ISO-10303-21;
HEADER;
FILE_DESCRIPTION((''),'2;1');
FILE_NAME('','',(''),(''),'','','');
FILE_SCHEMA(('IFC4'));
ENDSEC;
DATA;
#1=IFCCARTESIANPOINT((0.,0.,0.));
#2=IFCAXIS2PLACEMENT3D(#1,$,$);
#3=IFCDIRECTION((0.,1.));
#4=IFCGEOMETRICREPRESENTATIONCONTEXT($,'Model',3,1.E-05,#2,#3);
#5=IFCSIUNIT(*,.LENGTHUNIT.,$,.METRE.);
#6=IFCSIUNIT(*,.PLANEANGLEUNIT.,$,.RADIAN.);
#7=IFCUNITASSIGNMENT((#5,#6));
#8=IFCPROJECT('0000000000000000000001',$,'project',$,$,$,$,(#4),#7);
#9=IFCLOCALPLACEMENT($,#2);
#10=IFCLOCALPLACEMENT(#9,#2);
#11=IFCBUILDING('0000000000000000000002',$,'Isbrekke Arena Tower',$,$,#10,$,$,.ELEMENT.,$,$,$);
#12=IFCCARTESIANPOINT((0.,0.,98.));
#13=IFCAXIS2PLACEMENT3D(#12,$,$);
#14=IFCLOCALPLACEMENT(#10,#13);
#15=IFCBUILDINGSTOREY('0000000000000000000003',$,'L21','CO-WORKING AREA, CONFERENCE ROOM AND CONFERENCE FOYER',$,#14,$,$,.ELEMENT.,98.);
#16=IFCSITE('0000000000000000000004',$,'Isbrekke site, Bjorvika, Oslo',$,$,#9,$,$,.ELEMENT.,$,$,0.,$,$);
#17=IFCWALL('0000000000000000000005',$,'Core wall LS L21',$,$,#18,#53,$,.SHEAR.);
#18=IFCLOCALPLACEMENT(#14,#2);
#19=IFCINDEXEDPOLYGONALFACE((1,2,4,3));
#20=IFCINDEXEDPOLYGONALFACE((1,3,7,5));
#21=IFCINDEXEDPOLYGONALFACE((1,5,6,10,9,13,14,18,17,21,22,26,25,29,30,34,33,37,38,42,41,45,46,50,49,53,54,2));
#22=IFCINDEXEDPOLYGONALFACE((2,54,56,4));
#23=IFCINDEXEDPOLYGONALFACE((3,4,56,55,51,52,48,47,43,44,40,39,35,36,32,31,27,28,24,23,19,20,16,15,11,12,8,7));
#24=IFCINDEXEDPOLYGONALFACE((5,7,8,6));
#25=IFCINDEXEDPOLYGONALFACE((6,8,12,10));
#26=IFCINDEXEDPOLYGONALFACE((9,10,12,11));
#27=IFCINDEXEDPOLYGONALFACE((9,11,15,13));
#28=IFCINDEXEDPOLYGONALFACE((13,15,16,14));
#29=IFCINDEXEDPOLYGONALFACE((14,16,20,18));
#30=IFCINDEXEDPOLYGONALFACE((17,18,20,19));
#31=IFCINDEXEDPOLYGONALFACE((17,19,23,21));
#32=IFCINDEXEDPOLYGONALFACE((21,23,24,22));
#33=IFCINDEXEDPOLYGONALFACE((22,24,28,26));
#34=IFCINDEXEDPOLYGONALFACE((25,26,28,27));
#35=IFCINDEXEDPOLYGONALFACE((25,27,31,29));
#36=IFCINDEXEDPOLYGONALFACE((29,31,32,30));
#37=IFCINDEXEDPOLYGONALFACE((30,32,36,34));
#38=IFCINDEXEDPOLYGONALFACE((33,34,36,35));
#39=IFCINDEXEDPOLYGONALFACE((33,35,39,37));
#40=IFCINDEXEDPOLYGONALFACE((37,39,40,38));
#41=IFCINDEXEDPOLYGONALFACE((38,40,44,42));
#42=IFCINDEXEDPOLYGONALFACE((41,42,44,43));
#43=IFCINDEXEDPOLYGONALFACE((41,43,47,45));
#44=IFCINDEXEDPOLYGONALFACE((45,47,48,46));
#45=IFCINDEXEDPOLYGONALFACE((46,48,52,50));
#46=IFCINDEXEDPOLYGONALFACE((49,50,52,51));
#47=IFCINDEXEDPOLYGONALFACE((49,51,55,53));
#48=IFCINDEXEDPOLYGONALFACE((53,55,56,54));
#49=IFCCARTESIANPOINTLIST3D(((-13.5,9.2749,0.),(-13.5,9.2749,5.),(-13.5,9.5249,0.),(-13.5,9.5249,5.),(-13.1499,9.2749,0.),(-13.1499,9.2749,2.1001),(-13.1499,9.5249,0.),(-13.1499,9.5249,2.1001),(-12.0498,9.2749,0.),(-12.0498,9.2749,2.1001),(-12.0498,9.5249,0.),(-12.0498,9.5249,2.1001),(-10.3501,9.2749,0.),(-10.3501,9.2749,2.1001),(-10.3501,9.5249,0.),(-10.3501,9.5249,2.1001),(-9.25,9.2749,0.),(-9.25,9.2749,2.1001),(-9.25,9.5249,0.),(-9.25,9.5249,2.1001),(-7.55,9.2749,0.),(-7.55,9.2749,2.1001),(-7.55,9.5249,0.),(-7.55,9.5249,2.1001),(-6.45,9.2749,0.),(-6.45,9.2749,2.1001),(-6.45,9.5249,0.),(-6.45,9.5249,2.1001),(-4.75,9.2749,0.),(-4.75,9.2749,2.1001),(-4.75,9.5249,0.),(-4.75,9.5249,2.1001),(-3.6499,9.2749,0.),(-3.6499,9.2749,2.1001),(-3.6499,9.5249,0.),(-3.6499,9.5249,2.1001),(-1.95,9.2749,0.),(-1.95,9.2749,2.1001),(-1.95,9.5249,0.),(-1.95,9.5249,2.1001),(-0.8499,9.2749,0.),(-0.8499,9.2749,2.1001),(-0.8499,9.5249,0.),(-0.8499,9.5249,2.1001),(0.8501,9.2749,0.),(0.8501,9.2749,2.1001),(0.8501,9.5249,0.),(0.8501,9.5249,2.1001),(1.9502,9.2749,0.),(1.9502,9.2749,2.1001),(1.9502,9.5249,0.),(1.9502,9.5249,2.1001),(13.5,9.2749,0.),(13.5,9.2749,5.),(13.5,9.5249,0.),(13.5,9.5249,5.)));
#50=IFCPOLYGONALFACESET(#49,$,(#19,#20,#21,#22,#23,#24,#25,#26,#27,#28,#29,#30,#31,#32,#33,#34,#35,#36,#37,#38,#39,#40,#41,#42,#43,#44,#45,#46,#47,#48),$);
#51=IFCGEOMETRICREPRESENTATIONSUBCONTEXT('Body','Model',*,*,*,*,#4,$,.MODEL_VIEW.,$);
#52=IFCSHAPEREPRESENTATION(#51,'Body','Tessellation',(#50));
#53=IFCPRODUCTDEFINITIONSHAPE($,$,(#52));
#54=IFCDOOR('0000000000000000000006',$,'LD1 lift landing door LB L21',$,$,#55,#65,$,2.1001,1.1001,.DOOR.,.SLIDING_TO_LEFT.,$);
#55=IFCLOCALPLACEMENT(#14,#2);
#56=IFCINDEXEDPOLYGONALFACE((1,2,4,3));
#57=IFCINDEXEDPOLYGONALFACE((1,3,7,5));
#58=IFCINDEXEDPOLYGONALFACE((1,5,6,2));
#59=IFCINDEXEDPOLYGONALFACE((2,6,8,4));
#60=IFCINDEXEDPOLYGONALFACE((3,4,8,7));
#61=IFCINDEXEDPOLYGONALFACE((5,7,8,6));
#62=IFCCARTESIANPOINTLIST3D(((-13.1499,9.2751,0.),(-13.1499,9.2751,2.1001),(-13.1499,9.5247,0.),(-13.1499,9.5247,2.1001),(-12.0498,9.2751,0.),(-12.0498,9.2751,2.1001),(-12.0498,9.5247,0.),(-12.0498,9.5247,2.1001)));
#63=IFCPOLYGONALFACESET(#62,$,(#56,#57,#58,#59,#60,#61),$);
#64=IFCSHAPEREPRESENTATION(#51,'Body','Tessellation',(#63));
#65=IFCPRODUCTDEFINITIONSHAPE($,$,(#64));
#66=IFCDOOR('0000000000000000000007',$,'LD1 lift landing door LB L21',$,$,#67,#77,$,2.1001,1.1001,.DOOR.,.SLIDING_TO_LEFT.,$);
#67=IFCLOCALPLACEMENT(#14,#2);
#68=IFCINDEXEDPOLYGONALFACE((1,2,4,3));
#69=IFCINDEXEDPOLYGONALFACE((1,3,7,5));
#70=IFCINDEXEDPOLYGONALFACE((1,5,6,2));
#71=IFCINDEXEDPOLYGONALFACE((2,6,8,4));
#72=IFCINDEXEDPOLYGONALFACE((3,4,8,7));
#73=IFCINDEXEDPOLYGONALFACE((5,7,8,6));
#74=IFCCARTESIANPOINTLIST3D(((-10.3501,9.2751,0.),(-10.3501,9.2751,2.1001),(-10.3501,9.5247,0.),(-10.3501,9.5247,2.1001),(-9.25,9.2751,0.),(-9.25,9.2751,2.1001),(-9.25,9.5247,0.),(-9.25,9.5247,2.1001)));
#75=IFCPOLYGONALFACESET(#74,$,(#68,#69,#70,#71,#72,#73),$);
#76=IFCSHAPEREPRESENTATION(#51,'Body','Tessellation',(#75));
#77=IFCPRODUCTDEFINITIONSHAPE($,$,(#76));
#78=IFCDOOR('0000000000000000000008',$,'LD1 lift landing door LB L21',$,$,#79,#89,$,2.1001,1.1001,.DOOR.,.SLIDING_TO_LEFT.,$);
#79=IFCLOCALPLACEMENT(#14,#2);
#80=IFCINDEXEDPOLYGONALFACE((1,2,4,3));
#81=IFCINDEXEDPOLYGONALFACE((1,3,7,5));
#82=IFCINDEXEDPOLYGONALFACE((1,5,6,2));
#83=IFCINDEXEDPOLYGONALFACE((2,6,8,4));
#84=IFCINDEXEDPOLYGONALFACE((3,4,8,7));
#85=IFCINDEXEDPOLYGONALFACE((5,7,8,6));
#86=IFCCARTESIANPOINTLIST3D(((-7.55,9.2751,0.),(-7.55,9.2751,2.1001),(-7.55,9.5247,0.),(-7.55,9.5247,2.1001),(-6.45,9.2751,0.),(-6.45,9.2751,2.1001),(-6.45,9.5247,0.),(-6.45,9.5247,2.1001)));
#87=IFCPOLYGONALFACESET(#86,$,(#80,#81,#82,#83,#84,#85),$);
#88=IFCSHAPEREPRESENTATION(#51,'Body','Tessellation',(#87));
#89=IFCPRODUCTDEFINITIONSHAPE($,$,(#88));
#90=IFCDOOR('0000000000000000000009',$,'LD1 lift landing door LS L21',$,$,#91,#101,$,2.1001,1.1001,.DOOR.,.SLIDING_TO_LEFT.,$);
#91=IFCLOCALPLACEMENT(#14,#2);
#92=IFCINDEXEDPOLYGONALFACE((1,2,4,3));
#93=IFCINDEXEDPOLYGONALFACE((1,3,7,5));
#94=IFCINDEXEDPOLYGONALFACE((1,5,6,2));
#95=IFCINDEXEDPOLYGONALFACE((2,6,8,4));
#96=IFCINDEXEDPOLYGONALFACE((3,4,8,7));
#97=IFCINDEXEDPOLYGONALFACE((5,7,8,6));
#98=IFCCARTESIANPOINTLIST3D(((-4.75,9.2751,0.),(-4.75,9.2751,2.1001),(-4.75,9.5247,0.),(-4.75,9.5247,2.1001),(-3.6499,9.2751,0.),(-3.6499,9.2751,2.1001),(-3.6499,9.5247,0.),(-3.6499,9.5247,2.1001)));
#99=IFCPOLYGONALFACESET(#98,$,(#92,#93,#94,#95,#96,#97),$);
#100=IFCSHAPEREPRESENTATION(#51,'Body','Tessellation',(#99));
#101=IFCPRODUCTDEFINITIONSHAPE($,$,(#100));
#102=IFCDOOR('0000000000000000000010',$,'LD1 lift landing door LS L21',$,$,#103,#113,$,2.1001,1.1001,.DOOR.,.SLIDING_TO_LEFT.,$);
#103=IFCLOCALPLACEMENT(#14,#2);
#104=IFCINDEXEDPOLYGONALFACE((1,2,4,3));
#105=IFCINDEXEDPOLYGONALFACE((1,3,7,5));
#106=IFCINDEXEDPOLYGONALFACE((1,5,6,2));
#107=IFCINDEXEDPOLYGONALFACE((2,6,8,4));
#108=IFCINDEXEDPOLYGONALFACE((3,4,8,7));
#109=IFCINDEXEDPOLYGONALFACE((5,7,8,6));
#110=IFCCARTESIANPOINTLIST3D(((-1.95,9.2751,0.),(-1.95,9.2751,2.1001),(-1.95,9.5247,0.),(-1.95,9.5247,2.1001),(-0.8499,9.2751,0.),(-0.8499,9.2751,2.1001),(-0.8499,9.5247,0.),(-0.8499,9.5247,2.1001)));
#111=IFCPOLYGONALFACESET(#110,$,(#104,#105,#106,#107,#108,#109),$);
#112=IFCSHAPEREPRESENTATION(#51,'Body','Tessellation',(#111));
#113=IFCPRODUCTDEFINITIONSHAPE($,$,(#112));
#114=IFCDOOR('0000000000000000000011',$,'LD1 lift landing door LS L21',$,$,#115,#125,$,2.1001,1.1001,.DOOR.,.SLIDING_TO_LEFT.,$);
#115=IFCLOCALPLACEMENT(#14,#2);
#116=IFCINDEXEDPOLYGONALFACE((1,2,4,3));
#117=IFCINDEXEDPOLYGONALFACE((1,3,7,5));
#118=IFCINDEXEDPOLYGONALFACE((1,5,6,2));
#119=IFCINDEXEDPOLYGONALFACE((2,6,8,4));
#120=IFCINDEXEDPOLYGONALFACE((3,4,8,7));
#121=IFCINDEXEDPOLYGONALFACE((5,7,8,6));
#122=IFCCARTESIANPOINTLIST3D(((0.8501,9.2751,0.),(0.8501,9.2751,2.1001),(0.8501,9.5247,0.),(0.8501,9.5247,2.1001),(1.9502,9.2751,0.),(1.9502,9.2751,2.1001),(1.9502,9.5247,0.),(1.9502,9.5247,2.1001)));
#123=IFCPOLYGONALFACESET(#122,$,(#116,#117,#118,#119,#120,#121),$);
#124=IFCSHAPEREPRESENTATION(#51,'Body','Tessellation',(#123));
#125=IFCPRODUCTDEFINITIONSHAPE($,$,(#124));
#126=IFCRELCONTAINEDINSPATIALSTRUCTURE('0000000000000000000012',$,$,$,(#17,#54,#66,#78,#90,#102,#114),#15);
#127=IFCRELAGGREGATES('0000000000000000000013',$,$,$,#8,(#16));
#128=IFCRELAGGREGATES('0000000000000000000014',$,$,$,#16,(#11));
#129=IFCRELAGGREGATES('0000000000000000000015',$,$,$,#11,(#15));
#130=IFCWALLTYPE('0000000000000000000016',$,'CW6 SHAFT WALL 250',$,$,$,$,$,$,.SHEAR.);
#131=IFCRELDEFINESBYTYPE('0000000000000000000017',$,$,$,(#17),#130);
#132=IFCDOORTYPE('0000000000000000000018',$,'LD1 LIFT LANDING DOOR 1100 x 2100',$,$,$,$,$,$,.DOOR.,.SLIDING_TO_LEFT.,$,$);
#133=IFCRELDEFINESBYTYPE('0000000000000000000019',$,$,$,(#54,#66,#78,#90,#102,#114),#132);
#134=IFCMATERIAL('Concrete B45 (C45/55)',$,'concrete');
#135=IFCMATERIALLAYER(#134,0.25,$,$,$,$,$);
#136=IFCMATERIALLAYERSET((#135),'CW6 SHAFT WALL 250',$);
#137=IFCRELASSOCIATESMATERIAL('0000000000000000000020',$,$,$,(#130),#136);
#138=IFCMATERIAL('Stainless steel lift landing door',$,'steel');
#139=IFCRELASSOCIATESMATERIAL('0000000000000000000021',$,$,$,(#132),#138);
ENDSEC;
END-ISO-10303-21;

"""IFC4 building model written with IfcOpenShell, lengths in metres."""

from ifc_helpers import new_model, si_unit, direction, frame, frame_2d, origin, place, context, subcontext, project, spatial, rectangle, extrude, material, layer, layer_set, type_object, element, fill, save


model = new_model("IFC4")

# Units and contexts
model_context = context("Model", 3, precision=1e-05, world=origin(), true_north=direction((0.0, 1.0)))
body_context = subcontext(model_context, "Body", "Model", "MODEL_VIEW")
ifc_project = project(units=[si_unit("LENGTHUNIT", "METRE"), si_unit("PLANEANGLEUNIT", "RADIAN")], contexts=[model_context])

# Site, building, storey
site_placement = place(None, origin())
site = spatial("IfcSite", under=ifc_project, at=site_placement, Name="Isbrekke site, Bjorvika, Oslo", CompositionType="ELEMENT", RefElevation=0.0)
building_placement = place(site_placement, origin())
building = spatial("IfcBuilding", under=site, at=building_placement, Name="Isbrekke Arena Tower", CompositionType="ELEMENT")
storey_placement = place(building_placement, frame((0.0, 0.0, 98.0)))
storey = spatial("IfcBuildingStorey", under=building, at=storey_placement, Name="L21", Description="CO-WORKING AREA, CONFERENCE ROOM AND CONFERENCE FOYER", CompositionType="ELEMENT", Elevation=98.0)

# Wall, openings, doors
ifc_material_1 = material(Name="Concrete B45 (C45/55)", Category="concrete")
ifc_layer_1 = layer(ifc_material_1, 0.25)
ifc_layer_set_1 = layer_set([ifc_layer_1], Name="CW6 SHAFT WALL 250")
wall_type_1 = type_object("IfcWallType", Name="CW6 SHAFT WALL 250", PredefinedType="SHEAR", material=ifc_layer_set_1)
wall_1_placement = place(storey_placement, frame((-13.5, 9.3999, 0.0), z_axis=(0.0, 0.0, 1.0), x_axis=(1.0, 0.0, 0.0)))
wall_1 = element("IfcWall", 1, at=wall_1_placement, inside=storey, type_object=wall_type_1, Name="Core wall LS L21", PredefinedType="SHEAR", context=body_context, shape_type="SweptSolid", body=[
    extrude(rectangle(XDim=27.0, YDim=0.25, at=frame_2d((13.5, 0.0))), origin(), (0.0, 0.0, 1.0), 5.0),
])
opening_1_placement = place(wall_1_placement, frame((0.3501, 0.0, 0.0)))
opening_1 = element("IfcOpeningElement", 2, at=opening_1_placement, cuts=wall_1, PredefinedType="OPENING", context=body_context, shape_type="SweptSolid", body=[
    extrude(rectangle(XDim=1.1001, YDim=2.1001, at=frame_2d((0.55, 1.05))), frame((0.0, 0.1399, 0.0), z_axis=(0.0, -1.0, 0.0), x_axis=(1.0, 0.0, 0.0)), (0.0, 0.0, 1.0), 0.2798),
])
opening_2_placement = place(wall_1_placement, frame((3.1499, 0.0, 0.0)))
opening_2 = element("IfcOpeningElement", 3, at=opening_2_placement, cuts=wall_1, PredefinedType="OPENING", context=body_context, shape_type="SweptSolid", body=[
    extrude(rectangle(XDim=1.1001, YDim=2.1001, at=frame_2d((0.55, 1.05))), frame((0.0, 0.1399, 0.0), z_axis=(0.0, -1.0, 0.0), x_axis=(1.0, 0.0, 0.0)), (0.0, 0.0, 1.0), 0.2798),
])
opening_3_placement = place(wall_1_placement, frame((5.95, 0.0, 0.0)))
opening_3 = element("IfcOpeningElement", 4, at=opening_3_placement, cuts=wall_1, PredefinedType="OPENING", context=body_context, shape_type="SweptSolid", body=[
    extrude(rectangle(XDim=1.1001, YDim=2.1001, at=frame_2d((0.55, 1.05))), frame((0.0, 0.1399, 0.0), z_axis=(0.0, -1.0, 0.0), x_axis=(1.0, 0.0, 0.0)), (0.0, 0.0, 1.0), 0.2798),
])
opening_4_placement = place(wall_1_placement, frame((8.75, 0.0, 0.0)))
opening_4 = element("IfcOpeningElement", 5, at=opening_4_placement, cuts=wall_1, PredefinedType="OPENING", context=body_context, shape_type="SweptSolid", body=[
    extrude(rectangle(XDim=1.1001, YDim=2.1001, at=frame_2d((0.55, 1.05))), frame((0.0, 0.1399, 0.0), z_axis=(0.0, -1.0, 0.0), x_axis=(1.0, 0.0, 0.0)), (0.0, 0.0, 1.0), 0.2798),
])
opening_5_placement = place(wall_1_placement, frame((11.55, 0.0, 0.0)))
opening_5 = element("IfcOpeningElement", 6, at=opening_5_placement, cuts=wall_1, PredefinedType="OPENING", context=body_context, shape_type="SweptSolid", body=[
    extrude(rectangle(XDim=1.1001, YDim=2.1001, at=frame_2d((0.55, 1.05))), frame((0.0, 0.1399, 0.0), z_axis=(0.0, -1.0, 0.0), x_axis=(1.0, 0.0, 0.0)), (0.0, 0.0, 1.0), 0.2798),
])
opening_6_placement = place(wall_1_placement, frame((14.3501, 0.0, 0.0)))
opening_6 = element("IfcOpeningElement", 7, at=opening_6_placement, cuts=wall_1, PredefinedType="OPENING", context=body_context, shape_type="SweptSolid", body=[
    extrude(rectangle(XDim=1.1001, YDim=2.1001, at=frame_2d((0.55, 1.05))), frame((0.0, 0.1399, 0.0), z_axis=(0.0, -1.0, 0.0), x_axis=(1.0, 0.0, 0.0)), (0.0, 0.0, 1.0), 0.2798),
])
ifc_material_2 = material(Name="Stainless steel lift landing door", Category="steel")
door_type_1 = type_object("IfcDoorType", Name="LD1 LIFT LANDING DOOR 1100 x 2100", OperationType="SLIDING_TO_LEFT", PredefinedType="DOOR", material=ifc_material_2)
door_1_placement = place(opening_1_placement, origin())
door_1 = element("IfcDoor", 8, at=door_1_placement, inside=storey, type_object=door_type_1, Name="LD1 lift landing door LB L21", OperationType="SLIDING_TO_LEFT", OverallHeight=2.1001, OverallWidth=1.1001, PredefinedType="DOOR", context=body_context, shape_type="SweptSolid", body=[
    extrude(rectangle(XDim=1.1001, YDim=2.1001, at=frame_2d((0.55, 1.05))), frame((0.0, 0.1248, 0.0), z_axis=(0.0, -1.0, 0.0), x_axis=(1.0, 0.0, 0.0)), (0.0, 0.0, 1.0), 0.2495),
])
fill(opening_1, door_1)
door_2_placement = place(opening_2_placement, origin())
door_2 = element("IfcDoor", 9, at=door_2_placement, inside=storey, type_object=door_type_1, Name="LD1 lift landing door LB L21", OperationType="SLIDING_TO_LEFT", OverallHeight=2.1001, OverallWidth=1.1001, PredefinedType="DOOR", context=body_context, shape_type="SweptSolid", body=[
    extrude(rectangle(XDim=1.1001, YDim=2.1001, at=frame_2d((0.55, 1.05))), frame((0.0, 0.1248, 0.0), z_axis=(0.0, -1.0, 0.0), x_axis=(1.0, 0.0, 0.0)), (0.0, 0.0, 1.0), 0.2495),
])
fill(opening_2, door_2)
door_3_placement = place(opening_3_placement, origin())
door_3 = element("IfcDoor", 10, at=door_3_placement, inside=storey, type_object=door_type_1, Name="LD1 lift landing door LB L21", OperationType="SLIDING_TO_LEFT", OverallHeight=2.1001, OverallWidth=1.1001, PredefinedType="DOOR", context=body_context, shape_type="SweptSolid", body=[
    extrude(rectangle(XDim=1.1001, YDim=2.1001, at=frame_2d((0.55, 1.05))), frame((0.0, 0.1248, 0.0), z_axis=(0.0, -1.0, 0.0), x_axis=(1.0, 0.0, 0.0)), (0.0, 0.0, 1.0), 0.2495),
])
fill(opening_3, door_3)
door_4_placement = place(opening_4_placement, origin())
door_4 = element("IfcDoor", 11, at=door_4_placement, inside=storey, type_object=door_type_1, Name="LD1 lift landing door LS L21", OperationType="SLIDING_TO_LEFT", OverallHeight=2.1001, OverallWidth=1.1001, PredefinedType="DOOR", context=body_context, shape_type="SweptSolid", body=[
    extrude(rectangle(XDim=1.1001, YDim=2.1001, at=frame_2d((0.55, 1.05))), frame((0.0, 0.1248, 0.0), z_axis=(0.0, -1.0, 0.0), x_axis=(1.0, 0.0, 0.0)), (0.0, 0.0, 1.0), 0.2495),
])
fill(opening_4, door_4)
door_5_placement = place(opening_5_placement, origin())
door_5 = element("IfcDoor", 12, at=door_5_placement, inside=storey, type_object=door_type_1, Name="LD1 lift landing door LS L21", OperationType="SLIDING_TO_LEFT", OverallHeight=2.1001, OverallWidth=1.1001, PredefinedType="DOOR", context=body_context, shape_type="SweptSolid", body=[
    extrude(rectangle(XDim=1.1001, YDim=2.1001, at=frame_2d((0.55, 1.05))), frame((0.0, 0.1248, 0.0), z_axis=(0.0, -1.0, 0.0), x_axis=(1.0, 0.0, 0.0)), (0.0, 0.0, 1.0), 0.2495),
])
fill(opening_5, door_5)
door_6_placement = place(opening_6_placement, origin())
door_6 = element("IfcDoor", 13, at=door_6_placement, inside=storey, type_object=door_type_1, Name="LD1 lift landing door LS L21", OperationType="SLIDING_TO_LEFT", OverallHeight=2.1001, OverallWidth=1.1001, PredefinedType="DOOR", context=body_context, shape_type="SweptSolid", body=[
    extrude(rectangle(XDim=1.1001, YDim=2.1001, at=frame_2d((0.55, 1.05))), frame((0.0, 0.1248, 0.0), z_axis=(0.0, -1.0, 0.0), x_axis=(1.0, 0.0, 0.0)), (0.0, 0.0, 1.0), 0.2495),
])
fill(opening_6, door_6)

save(model, "model.ifc")
